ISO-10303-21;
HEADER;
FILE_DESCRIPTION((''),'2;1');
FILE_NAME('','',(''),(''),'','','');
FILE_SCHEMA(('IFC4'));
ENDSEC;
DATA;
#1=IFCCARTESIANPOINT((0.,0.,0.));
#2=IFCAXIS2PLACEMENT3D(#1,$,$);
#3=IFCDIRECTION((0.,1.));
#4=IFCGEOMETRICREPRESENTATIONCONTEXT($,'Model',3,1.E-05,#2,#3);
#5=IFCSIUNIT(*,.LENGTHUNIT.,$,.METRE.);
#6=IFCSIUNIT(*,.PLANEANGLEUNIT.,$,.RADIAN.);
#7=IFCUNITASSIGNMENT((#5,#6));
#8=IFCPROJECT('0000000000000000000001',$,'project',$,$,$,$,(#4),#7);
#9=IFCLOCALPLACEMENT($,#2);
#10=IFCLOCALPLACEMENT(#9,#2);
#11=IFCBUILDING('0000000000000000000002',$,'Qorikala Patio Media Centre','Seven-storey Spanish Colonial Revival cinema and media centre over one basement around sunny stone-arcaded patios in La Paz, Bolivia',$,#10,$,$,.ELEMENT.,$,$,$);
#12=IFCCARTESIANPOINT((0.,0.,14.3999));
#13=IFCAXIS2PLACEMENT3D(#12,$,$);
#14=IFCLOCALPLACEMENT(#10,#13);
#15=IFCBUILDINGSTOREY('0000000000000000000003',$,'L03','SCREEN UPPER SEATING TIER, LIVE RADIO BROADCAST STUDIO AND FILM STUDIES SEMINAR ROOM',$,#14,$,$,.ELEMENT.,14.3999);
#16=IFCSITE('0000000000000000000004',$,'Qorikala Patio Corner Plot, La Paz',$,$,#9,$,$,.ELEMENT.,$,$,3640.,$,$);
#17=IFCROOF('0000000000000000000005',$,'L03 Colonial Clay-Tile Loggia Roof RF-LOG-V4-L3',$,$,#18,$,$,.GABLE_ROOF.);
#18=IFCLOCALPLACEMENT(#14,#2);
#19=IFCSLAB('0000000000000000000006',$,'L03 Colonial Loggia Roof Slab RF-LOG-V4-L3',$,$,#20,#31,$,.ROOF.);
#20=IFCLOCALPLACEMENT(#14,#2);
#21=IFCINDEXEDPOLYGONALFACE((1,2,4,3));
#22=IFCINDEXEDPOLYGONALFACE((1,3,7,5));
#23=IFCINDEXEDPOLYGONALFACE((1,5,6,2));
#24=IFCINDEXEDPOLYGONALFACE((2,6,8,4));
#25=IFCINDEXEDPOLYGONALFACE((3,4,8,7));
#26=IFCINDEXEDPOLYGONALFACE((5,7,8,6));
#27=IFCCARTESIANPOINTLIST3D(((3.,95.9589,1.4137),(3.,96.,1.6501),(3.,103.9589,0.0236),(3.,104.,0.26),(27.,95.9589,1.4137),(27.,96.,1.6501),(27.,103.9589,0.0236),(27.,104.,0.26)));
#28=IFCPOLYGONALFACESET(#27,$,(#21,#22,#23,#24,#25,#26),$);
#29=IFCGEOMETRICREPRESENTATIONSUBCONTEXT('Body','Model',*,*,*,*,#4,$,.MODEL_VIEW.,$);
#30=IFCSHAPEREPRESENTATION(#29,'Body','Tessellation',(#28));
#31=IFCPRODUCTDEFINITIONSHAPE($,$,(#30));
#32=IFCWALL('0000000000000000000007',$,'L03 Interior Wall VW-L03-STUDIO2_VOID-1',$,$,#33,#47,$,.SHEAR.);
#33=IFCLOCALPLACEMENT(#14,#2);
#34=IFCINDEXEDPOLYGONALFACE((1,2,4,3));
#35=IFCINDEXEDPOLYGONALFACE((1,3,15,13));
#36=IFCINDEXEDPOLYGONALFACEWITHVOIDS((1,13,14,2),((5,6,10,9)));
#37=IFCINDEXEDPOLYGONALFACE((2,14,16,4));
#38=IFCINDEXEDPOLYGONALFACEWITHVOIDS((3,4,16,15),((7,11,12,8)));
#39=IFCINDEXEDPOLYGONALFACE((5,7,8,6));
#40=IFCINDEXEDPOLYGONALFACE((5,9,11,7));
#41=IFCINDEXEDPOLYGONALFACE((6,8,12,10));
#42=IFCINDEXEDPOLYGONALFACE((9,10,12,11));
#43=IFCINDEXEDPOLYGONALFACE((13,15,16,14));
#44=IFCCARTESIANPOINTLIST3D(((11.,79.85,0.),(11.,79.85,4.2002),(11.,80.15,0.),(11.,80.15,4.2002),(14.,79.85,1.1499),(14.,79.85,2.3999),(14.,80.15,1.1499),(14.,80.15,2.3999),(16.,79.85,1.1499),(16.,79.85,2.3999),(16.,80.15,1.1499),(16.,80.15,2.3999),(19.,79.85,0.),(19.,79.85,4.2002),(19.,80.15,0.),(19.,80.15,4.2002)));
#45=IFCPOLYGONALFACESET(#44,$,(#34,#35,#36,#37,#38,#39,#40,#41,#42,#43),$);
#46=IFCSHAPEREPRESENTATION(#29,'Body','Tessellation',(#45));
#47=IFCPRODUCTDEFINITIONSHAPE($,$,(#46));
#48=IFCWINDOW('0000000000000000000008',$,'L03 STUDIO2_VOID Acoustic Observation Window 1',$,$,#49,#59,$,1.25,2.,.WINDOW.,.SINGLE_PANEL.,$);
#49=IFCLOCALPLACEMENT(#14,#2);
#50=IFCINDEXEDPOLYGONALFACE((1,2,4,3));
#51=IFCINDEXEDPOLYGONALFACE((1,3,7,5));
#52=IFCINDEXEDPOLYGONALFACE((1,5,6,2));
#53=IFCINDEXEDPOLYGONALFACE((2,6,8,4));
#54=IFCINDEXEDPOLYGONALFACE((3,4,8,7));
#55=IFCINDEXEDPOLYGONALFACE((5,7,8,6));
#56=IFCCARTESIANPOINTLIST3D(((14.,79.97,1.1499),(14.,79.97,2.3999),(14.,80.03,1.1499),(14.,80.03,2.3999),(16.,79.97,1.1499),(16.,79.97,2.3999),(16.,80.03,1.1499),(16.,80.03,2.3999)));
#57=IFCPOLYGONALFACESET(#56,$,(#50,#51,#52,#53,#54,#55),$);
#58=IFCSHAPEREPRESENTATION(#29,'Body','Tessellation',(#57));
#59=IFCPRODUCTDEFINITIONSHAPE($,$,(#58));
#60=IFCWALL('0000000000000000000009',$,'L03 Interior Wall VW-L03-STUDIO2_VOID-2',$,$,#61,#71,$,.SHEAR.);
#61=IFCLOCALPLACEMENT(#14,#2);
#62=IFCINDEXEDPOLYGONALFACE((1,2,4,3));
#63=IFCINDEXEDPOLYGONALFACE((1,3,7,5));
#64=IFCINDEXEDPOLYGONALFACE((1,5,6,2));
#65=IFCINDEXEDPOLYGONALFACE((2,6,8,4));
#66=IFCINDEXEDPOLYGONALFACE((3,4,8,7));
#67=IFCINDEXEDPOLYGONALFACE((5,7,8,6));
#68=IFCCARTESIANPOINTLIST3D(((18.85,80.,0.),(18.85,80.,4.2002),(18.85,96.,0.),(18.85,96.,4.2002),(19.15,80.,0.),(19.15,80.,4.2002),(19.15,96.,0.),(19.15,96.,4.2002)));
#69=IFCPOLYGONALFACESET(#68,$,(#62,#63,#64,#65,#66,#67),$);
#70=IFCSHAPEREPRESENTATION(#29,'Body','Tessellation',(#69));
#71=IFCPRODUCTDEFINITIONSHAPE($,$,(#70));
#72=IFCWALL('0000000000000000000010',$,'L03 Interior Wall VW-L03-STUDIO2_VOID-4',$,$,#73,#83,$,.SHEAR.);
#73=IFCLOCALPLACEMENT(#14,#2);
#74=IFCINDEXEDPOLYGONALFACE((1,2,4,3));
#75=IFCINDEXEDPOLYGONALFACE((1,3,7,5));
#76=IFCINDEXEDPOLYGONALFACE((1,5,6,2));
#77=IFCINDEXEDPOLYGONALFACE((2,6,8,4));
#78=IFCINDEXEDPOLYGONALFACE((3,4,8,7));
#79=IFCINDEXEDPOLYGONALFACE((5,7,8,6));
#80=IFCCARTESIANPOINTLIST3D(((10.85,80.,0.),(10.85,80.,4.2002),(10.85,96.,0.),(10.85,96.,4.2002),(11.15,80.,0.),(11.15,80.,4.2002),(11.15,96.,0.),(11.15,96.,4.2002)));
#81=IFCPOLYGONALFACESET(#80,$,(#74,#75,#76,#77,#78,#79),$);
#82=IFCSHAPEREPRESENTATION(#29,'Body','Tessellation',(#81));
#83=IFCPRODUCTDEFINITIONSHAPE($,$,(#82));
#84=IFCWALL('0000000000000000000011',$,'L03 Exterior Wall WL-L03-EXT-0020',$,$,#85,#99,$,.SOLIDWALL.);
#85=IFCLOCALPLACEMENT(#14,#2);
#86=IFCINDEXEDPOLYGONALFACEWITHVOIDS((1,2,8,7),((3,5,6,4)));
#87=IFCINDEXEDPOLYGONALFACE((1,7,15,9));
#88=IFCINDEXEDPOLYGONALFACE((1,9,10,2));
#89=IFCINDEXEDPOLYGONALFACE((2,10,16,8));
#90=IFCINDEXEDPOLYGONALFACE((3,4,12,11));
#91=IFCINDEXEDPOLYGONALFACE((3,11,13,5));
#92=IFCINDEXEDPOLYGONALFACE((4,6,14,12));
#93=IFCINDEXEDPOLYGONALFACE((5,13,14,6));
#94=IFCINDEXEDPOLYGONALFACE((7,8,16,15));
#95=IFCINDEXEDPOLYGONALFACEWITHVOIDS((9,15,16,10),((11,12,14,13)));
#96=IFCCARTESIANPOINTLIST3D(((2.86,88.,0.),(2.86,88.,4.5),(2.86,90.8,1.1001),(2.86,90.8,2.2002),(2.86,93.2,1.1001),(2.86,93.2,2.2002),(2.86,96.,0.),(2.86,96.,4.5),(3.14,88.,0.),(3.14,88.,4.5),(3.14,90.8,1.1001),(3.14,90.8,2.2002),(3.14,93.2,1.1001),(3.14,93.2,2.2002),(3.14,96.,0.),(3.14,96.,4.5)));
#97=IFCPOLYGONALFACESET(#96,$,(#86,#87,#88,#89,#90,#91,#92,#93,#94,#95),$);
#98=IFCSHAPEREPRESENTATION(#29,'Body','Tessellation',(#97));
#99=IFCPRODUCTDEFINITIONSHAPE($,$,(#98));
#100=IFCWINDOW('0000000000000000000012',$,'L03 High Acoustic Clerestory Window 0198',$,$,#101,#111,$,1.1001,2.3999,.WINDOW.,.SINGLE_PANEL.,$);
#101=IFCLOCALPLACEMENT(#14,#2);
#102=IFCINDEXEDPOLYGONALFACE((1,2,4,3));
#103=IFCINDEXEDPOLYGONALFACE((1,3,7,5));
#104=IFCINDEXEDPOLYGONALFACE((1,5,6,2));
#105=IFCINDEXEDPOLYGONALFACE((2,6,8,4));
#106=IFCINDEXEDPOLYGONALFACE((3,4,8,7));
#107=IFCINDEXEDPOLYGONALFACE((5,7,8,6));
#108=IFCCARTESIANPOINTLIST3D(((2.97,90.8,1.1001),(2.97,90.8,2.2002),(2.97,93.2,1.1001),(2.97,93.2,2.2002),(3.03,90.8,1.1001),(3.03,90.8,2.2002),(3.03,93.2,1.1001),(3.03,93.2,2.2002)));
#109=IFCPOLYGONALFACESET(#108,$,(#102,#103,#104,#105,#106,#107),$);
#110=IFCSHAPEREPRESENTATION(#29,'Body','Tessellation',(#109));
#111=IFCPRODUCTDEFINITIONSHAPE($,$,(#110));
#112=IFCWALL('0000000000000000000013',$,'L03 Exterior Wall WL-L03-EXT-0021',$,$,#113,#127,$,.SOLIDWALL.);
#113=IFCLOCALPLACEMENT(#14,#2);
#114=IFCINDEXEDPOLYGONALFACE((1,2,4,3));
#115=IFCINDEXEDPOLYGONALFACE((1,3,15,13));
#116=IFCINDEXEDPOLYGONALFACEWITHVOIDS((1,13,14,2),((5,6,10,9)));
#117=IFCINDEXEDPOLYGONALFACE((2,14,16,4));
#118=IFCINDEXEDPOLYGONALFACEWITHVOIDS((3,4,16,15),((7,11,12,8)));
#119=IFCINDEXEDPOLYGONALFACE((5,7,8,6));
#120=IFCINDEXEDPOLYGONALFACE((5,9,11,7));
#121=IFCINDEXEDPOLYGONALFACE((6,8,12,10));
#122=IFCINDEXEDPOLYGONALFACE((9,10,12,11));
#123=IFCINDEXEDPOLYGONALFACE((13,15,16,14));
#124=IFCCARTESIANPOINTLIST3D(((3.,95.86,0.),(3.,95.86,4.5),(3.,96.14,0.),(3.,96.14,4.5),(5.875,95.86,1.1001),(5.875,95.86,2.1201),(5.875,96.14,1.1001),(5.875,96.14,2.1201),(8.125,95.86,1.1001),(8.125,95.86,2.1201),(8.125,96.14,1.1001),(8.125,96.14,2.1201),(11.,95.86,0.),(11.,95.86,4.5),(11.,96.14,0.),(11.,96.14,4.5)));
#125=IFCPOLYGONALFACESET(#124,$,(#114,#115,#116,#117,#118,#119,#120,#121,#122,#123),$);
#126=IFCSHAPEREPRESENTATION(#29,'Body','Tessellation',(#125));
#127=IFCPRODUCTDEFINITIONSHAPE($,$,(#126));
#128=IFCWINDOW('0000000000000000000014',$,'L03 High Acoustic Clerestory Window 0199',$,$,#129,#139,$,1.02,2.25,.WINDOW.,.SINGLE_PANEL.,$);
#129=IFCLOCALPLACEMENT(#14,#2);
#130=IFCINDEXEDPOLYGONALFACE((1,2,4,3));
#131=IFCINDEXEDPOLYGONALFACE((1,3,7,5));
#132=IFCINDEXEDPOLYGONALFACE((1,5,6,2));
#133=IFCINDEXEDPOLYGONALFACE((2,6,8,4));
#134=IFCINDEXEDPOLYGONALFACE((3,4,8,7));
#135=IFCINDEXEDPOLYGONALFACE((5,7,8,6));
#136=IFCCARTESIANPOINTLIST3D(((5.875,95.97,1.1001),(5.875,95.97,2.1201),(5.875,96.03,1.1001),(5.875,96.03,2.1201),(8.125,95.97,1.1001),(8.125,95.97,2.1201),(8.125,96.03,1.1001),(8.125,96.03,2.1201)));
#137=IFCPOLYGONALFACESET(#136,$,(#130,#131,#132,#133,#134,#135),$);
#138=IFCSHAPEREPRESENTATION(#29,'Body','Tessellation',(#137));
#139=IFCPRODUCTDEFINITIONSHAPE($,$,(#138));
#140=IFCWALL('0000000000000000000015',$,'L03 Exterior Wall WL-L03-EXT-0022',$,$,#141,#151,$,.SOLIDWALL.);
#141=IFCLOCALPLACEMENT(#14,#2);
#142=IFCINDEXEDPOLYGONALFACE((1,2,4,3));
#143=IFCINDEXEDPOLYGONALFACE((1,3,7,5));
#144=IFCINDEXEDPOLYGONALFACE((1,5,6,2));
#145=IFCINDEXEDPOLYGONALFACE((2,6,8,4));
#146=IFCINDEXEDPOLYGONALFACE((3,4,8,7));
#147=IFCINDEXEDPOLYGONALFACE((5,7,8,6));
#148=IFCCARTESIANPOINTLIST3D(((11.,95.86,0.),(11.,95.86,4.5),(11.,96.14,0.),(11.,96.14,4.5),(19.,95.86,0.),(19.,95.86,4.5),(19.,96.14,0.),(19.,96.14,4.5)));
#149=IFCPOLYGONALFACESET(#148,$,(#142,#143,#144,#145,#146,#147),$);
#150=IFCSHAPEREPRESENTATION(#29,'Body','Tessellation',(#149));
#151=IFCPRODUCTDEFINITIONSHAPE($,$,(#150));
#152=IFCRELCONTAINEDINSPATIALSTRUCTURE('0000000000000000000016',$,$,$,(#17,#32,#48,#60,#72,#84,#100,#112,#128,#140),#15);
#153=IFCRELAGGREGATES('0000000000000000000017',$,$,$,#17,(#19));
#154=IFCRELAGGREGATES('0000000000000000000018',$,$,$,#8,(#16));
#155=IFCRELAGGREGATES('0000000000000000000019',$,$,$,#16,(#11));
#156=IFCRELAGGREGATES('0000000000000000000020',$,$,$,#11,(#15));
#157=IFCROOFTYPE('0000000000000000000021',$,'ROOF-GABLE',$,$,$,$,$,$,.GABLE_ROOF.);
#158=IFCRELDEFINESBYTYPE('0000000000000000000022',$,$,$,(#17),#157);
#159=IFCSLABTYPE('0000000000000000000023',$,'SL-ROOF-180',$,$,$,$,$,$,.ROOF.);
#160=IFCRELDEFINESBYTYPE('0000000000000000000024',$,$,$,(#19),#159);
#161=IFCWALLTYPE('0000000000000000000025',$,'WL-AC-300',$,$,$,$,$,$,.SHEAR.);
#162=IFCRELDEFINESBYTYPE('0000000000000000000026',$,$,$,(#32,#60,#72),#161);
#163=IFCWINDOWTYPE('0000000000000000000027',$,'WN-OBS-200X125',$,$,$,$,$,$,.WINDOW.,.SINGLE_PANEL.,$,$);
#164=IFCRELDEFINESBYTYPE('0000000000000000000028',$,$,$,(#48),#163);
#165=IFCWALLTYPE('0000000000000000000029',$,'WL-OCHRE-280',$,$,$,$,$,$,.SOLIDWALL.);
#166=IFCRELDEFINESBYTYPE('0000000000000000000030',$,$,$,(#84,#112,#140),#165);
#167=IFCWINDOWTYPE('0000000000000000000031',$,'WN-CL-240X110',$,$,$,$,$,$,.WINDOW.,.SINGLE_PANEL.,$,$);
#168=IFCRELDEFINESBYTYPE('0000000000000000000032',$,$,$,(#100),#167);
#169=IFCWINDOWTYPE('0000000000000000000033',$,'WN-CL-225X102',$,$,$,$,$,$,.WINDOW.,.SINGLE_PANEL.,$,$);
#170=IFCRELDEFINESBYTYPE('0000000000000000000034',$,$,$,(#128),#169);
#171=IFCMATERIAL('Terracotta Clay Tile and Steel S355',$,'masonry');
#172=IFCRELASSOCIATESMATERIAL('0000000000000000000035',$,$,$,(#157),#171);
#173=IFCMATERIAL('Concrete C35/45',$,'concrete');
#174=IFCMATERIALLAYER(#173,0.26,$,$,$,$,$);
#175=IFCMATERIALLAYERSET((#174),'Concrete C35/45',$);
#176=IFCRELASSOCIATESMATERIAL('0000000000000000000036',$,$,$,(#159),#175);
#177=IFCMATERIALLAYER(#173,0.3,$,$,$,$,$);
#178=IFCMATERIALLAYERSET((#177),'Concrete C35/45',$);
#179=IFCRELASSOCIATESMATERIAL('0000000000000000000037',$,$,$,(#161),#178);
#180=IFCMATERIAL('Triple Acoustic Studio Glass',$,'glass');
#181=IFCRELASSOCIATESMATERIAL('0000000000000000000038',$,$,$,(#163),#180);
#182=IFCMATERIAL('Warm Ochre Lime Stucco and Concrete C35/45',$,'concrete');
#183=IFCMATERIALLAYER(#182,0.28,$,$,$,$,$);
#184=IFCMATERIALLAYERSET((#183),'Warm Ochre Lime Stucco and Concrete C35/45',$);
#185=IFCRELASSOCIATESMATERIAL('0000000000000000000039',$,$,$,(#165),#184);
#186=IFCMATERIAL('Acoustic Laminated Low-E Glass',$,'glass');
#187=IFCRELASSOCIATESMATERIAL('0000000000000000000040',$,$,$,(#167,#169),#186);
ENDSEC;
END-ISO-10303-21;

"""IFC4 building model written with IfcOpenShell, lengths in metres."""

from ifc_helpers import new_model, si_unit, direction, frame, frame_2d, origin, place, context, subcontext, project, spatial, polyline, rectangle, outline, extrude, material, layer, layer_set, type_object, element, fill, aggregate, save


model = new_model("IFC4")

# Units and contexts
model_context = context("Model", 3, precision=1e-05, world=origin(), true_north=direction((0.0, 1.0)))
body_context = subcontext(model_context, "Body", "Model", "MODEL_VIEW")
ifc_project = project(units=[si_unit("LENGTHUNIT", "METRE"), si_unit("PLANEANGLEUNIT", "RADIAN")], contexts=[model_context])

# Site, building, storey
site_placement = place(None, origin())
site = spatial("IfcSite", under=ifc_project, at=site_placement, Name="Qorikala Patio Corner Plot, La Paz", CompositionType="ELEMENT", RefElevation=3640.0)
building_placement = place(site_placement, origin())
building = spatial("IfcBuilding", under=site, at=building_placement, Name="Qorikala Patio Media Centre", Description="Seven-storey Spanish Colonial Revival cinema and media centre over one basement around sunny stone-arcaded patios in La Paz, Bolivia", CompositionType="ELEMENT")
storey_placement = place(building_placement, frame((0.0, 0.0, 14.3999)))
storey = spatial("IfcBuildingStorey", under=building, at=storey_placement, Name="L03", Description="SCREEN UPPER SEATING TIER, LIVE RADIO BROADCAST STUDIO AND FILM STUDIES SEMINAR ROOM", CompositionType="ELEMENT", Elevation=14.3999)

# Shared definitions
ifc_material_1 = material(Name="Concrete C35/45", Category="concrete")

# Roof, slab
ifc_material_2 = material(Name="Terracotta Clay Tile and Steel S355", Category="masonry")
roof_type = type_object("IfcRoofType", Name="ROOF-GABLE", PredefinedType="GABLE_ROOF", material=ifc_material_2)
roof_placement = place(storey_placement, origin())
roof = element("IfcRoof", 1, at=roof_placement, inside=storey, type_object=roof_type, Name="L03 Colonial Clay-Tile Loggia Roof RF-LOG-V4-L3", PredefinedType="GABLE_ROOF")
ifc_layer_1 = layer(ifc_material_1, 0.26)
ifc_layer_set_1 = layer_set([ifc_layer_1], Name="Concrete C35/45")
slab_type = type_object("IfcSlabType", Name="SL-ROOF-180", PredefinedType="ROOF", material=ifc_layer_set_1)
slab_placement = place(storey_placement, frame((3.0, 104.0, 0.26), z_axis=(0.0, 0.171202, 0.985236), x_axis=(1.0, 0.0, 0.0)))
slab = element("IfcSlab", 2, at=slab_placement, type_object=slab_type, Name="L03 Colonial Loggia Roof Slab RF-LOG-V4-L3", PredefinedType="ROOF", context=body_context, shape_type="SweptSolid", body=[
    extrude(outline(polyline([(0.0, 0.0), (24.0, 0.0), (24.0, -8.1199), (0.0, -8.1199), (0.0, 0.0)])), origin(), (0.0, 0.0, -1.0), 0.24),
])
aggregate(roof, [slab])

# Wall, opening, window
ifc_layer_2 = layer(ifc_material_1, 0.3)
ifc_layer_set_2 = layer_set([ifc_layer_2], Name="Concrete C35/45")
wall_type_1 = type_object("IfcWallType", Name="WL-AC-300", PredefinedType="SHEAR", material=ifc_layer_set_2)
wall_1_placement = place(storey_placement, frame((11.0, 80.0, 0.0), z_axis=(0.0, 0.0, 1.0), x_axis=(1.0, 0.0, 0.0)))
wall_1 = element("IfcWall", 3, at=wall_1_placement, inside=storey, type_object=wall_type_1, Name="L03 Interior Wall VW-L03-STUDIO2_VOID-1", PredefinedType="SHEAR", context=body_context, shape_type="SweptSolid", body=[
    extrude(rectangle(XDim=8.0, YDim=0.3, at=frame_2d((4.0, 0.0))), origin(), (0.0, 0.0, 1.0), 4.2002),
])
opening_1_placement = place(wall_1_placement, frame((3.0, 0.0, 1.1499)))
opening_1 = element("IfcOpeningElement", 4, at=opening_1_placement, cuts=wall_1, PredefinedType="OPENING", context=body_context, shape_type="SweptSolid", body=[
    extrude(rectangle(XDim=2.0, YDim=1.25, at=frame_2d((1.0, 0.625))), frame((0.0, 0.1599, 0.0), z_axis=(0.0, -1.0, 0.0), x_axis=(1.0, 0.0, 0.0)), (0.0, 0.0, 1.0), 0.3201),
])
ifc_material_3 = material(Name="Triple Acoustic Studio Glass", Category="glass")
window_type_1 = type_object("IfcWindowType", Name="WN-OBS-200X125", PartitioningType="SINGLE_PANEL", PredefinedType="WINDOW", material=ifc_material_3)
window_1_placement = place(opening_1_placement, origin())
window_1 = element("IfcWindow", 5, at=window_1_placement, inside=storey, type_object=window_type_1, Name="L03 STUDIO2_VOID Acoustic Observation Window 1", OverallHeight=1.25, OverallWidth=2.0, PartitioningType="SINGLE_PANEL", PredefinedType="WINDOW", context=body_context, shape_type="SweptSolid", body=[
    extrude(rectangle(XDim=2.0, YDim=1.25, at=frame_2d((1.0, 0.625))), frame((0.0, 0.03, 0.0), z_axis=(0.0, -1.0, 0.0), x_axis=(1.0, 0.0, 0.0)), (0.0, 0.0, 1.0), 0.0601),
])
fill(opening_1, window_1)

# Walls
for number, where, z_axis, x_axis, name in (
    (6, (19.0, 80.0, 0.0), (0.0, 0.0, 1.0), (0.0, 1.0, 0.0), "L03 Interior Wall VW-L03-STUDIO2_VOID-2"),
    (7, (11.0, 96.0, 0.0), (0.0, 0.0, 1.0), (0.0, -1.0, 0.0), "L03 Interior Wall VW-L03-STUDIO2_VOID-4"),
):
    element("IfcWall", number, at=place(storey_placement, frame(where, z_axis=z_axis, x_axis=x_axis)), inside=storey, type_object=wall_type_1, Name=name, PredefinedType="SHEAR", context=body_context, shape_type="SweptSolid", body=[
        extrude(rectangle(XDim=16.0, YDim=0.3, at=frame_2d((8.0, 0.0))), origin(), (0.0, 0.0, 1.0), 4.2002),
    ])

# Walls, openings, windows
ifc_material_4 = material(Name="Warm Ochre Lime Stucco and Concrete C35/45", Category="concrete")
ifc_layer_3 = layer(ifc_material_4, 0.28)
ifc_layer_set_3 = layer_set([ifc_layer_3], Name="Warm Ochre Lime Stucco and Concrete C35/45")
wall_type_2 = type_object("IfcWallType", Name="WL-OCHRE-280", PredefinedType="SOLIDWALL", material=ifc_layer_set_3)
wall_2_placement = place(storey_placement, frame((3.0, 88.0, 0.0), z_axis=(0.0, 0.0, 1.0), x_axis=(0.0, 1.0, 0.0)))
wall_2 = element("IfcWall", 8, at=wall_2_placement, inside=storey, type_object=wall_type_2, Name="L03 Exterior Wall WL-L03-EXT-0020", PredefinedType="SOLIDWALL", context=body_context, shape_type="SweptSolid", body=[
    extrude(rectangle(XDim=8.0, YDim=0.28, at=frame_2d((4.0, 0.0))), origin(), (0.0, 0.0, 1.0), 4.5),
])
opening_2_placement = place(wall_2_placement, frame((2.8, 0.0, 1.1001)))
opening_2 = element("IfcOpeningElement", 9, at=opening_2_placement, cuts=wall_2, PredefinedType="OPENING", context=body_context, shape_type="SweptSolid", body=[
    extrude(rectangle(XDim=2.3999, YDim=1.1001, at=frame_2d((1.2, 0.55))), frame((0.0, 0.1499, 0.0), z_axis=(0.0, -1.0, 0.0), x_axis=(1.0, 0.0, 0.0)), (0.0, 0.0, 1.0), 0.3),
])
ifc_material_5 = material(Name="Acoustic Laminated Low-E Glass", Category="glass")
window_type_2 = type_object("IfcWindowType", Name="WN-CL-240X110", PartitioningType="SINGLE_PANEL", PredefinedType="WINDOW", material=ifc_material_5)
window_2_placement = place(opening_2_placement, origin())
window_2 = element("IfcWindow", 10, at=window_2_placement, inside=storey, type_object=window_type_2, Name="L03 High Acoustic Clerestory Window 0198", OverallHeight=1.1001, OverallWidth=2.3999, PartitioningType="SINGLE_PANEL", PredefinedType="WINDOW", context=body_context, shape_type="SweptSolid", body=[
    extrude(rectangle(XDim=2.3999, YDim=1.1001, at=frame_2d((1.2, 0.55))), frame((0.0, 0.03, 0.0), z_axis=(0.0, -1.0, 0.0), x_axis=(1.0, 0.0, 0.0)), (0.0, 0.0, 1.0), 0.0601),
])
fill(opening_2, window_2)
wall_3_placement = place(storey_placement, frame((3.0, 96.0, 0.0), z_axis=(0.0, 0.0, 1.0), x_axis=(1.0, 0.0, 0.0)))
wall_3 = element("IfcWall", 11, at=wall_3_placement, inside=storey, type_object=wall_type_2, Name="L03 Exterior Wall WL-L03-EXT-0021", PredefinedType="SOLIDWALL", context=body_context, shape_type="SweptSolid", body=[
    extrude(rectangle(XDim=8.0, YDim=0.28, at=frame_2d((4.0, 0.0))), origin(), (0.0, 0.0, 1.0), 4.5),
])
opening_3_placement = place(wall_3_placement, frame((2.875, 0.0, 1.1001)))
opening_3 = element("IfcOpeningElement", 12, at=opening_3_placement, cuts=wall_3, PredefinedType="OPENING", context=body_context, shape_type="SweptSolid", body=[
    extrude(rectangle(XDim=2.25, YDim=1.02, at=frame_2d((1.125, 0.51))), frame((0.0, 0.1499, 0.0), z_axis=(0.0, -1.0, 0.0), x_axis=(1.0, 0.0, 0.0)), (0.0, 0.0, 1.0), 0.3),
])
window_type_3 = type_object("IfcWindowType", Name="WN-CL-225X102", PartitioningType="SINGLE_PANEL", PredefinedType="WINDOW", material=ifc_material_5)
window_3_placement = place(opening_3_placement, origin())
window_3 = element("IfcWindow", 13, at=window_3_placement, inside=storey, type_object=window_type_3, Name="L03 High Acoustic Clerestory Window 0199", OverallHeight=1.02, OverallWidth=2.25, PartitioningType="SINGLE_PANEL", PredefinedType="WINDOW", context=body_context, shape_type="SweptSolid", body=[
    extrude(rectangle(XDim=2.25, YDim=1.02, at=frame_2d((1.125, 0.51))), frame((0.0, 0.03, 0.0), z_axis=(0.0, -1.0, 0.0), x_axis=(1.0, 0.0, 0.0)), (0.0, 0.0, 1.0), 0.0601),
])
fill(opening_3, window_3)

# Wall
wall_4_placement = place(storey_placement, frame((11.0, 96.0, 0.0), z_axis=(0.0, 0.0, 1.0), x_axis=(1.0, 0.0, 0.0)))
element("IfcWall", 14, at=wall_4_placement, inside=storey, type_object=wall_type_2, Name="L03 Exterior Wall WL-L03-EXT-0022", PredefinedType="SOLIDWALL", context=body_context, shape_type="SweptSolid", body=[
    extrude(rectangle(XDim=8.0, YDim=0.28, at=frame_2d((4.0, 0.0))), origin(), (0.0, 0.0, 1.0), 4.5),
])

save(model, "model.ifc")
